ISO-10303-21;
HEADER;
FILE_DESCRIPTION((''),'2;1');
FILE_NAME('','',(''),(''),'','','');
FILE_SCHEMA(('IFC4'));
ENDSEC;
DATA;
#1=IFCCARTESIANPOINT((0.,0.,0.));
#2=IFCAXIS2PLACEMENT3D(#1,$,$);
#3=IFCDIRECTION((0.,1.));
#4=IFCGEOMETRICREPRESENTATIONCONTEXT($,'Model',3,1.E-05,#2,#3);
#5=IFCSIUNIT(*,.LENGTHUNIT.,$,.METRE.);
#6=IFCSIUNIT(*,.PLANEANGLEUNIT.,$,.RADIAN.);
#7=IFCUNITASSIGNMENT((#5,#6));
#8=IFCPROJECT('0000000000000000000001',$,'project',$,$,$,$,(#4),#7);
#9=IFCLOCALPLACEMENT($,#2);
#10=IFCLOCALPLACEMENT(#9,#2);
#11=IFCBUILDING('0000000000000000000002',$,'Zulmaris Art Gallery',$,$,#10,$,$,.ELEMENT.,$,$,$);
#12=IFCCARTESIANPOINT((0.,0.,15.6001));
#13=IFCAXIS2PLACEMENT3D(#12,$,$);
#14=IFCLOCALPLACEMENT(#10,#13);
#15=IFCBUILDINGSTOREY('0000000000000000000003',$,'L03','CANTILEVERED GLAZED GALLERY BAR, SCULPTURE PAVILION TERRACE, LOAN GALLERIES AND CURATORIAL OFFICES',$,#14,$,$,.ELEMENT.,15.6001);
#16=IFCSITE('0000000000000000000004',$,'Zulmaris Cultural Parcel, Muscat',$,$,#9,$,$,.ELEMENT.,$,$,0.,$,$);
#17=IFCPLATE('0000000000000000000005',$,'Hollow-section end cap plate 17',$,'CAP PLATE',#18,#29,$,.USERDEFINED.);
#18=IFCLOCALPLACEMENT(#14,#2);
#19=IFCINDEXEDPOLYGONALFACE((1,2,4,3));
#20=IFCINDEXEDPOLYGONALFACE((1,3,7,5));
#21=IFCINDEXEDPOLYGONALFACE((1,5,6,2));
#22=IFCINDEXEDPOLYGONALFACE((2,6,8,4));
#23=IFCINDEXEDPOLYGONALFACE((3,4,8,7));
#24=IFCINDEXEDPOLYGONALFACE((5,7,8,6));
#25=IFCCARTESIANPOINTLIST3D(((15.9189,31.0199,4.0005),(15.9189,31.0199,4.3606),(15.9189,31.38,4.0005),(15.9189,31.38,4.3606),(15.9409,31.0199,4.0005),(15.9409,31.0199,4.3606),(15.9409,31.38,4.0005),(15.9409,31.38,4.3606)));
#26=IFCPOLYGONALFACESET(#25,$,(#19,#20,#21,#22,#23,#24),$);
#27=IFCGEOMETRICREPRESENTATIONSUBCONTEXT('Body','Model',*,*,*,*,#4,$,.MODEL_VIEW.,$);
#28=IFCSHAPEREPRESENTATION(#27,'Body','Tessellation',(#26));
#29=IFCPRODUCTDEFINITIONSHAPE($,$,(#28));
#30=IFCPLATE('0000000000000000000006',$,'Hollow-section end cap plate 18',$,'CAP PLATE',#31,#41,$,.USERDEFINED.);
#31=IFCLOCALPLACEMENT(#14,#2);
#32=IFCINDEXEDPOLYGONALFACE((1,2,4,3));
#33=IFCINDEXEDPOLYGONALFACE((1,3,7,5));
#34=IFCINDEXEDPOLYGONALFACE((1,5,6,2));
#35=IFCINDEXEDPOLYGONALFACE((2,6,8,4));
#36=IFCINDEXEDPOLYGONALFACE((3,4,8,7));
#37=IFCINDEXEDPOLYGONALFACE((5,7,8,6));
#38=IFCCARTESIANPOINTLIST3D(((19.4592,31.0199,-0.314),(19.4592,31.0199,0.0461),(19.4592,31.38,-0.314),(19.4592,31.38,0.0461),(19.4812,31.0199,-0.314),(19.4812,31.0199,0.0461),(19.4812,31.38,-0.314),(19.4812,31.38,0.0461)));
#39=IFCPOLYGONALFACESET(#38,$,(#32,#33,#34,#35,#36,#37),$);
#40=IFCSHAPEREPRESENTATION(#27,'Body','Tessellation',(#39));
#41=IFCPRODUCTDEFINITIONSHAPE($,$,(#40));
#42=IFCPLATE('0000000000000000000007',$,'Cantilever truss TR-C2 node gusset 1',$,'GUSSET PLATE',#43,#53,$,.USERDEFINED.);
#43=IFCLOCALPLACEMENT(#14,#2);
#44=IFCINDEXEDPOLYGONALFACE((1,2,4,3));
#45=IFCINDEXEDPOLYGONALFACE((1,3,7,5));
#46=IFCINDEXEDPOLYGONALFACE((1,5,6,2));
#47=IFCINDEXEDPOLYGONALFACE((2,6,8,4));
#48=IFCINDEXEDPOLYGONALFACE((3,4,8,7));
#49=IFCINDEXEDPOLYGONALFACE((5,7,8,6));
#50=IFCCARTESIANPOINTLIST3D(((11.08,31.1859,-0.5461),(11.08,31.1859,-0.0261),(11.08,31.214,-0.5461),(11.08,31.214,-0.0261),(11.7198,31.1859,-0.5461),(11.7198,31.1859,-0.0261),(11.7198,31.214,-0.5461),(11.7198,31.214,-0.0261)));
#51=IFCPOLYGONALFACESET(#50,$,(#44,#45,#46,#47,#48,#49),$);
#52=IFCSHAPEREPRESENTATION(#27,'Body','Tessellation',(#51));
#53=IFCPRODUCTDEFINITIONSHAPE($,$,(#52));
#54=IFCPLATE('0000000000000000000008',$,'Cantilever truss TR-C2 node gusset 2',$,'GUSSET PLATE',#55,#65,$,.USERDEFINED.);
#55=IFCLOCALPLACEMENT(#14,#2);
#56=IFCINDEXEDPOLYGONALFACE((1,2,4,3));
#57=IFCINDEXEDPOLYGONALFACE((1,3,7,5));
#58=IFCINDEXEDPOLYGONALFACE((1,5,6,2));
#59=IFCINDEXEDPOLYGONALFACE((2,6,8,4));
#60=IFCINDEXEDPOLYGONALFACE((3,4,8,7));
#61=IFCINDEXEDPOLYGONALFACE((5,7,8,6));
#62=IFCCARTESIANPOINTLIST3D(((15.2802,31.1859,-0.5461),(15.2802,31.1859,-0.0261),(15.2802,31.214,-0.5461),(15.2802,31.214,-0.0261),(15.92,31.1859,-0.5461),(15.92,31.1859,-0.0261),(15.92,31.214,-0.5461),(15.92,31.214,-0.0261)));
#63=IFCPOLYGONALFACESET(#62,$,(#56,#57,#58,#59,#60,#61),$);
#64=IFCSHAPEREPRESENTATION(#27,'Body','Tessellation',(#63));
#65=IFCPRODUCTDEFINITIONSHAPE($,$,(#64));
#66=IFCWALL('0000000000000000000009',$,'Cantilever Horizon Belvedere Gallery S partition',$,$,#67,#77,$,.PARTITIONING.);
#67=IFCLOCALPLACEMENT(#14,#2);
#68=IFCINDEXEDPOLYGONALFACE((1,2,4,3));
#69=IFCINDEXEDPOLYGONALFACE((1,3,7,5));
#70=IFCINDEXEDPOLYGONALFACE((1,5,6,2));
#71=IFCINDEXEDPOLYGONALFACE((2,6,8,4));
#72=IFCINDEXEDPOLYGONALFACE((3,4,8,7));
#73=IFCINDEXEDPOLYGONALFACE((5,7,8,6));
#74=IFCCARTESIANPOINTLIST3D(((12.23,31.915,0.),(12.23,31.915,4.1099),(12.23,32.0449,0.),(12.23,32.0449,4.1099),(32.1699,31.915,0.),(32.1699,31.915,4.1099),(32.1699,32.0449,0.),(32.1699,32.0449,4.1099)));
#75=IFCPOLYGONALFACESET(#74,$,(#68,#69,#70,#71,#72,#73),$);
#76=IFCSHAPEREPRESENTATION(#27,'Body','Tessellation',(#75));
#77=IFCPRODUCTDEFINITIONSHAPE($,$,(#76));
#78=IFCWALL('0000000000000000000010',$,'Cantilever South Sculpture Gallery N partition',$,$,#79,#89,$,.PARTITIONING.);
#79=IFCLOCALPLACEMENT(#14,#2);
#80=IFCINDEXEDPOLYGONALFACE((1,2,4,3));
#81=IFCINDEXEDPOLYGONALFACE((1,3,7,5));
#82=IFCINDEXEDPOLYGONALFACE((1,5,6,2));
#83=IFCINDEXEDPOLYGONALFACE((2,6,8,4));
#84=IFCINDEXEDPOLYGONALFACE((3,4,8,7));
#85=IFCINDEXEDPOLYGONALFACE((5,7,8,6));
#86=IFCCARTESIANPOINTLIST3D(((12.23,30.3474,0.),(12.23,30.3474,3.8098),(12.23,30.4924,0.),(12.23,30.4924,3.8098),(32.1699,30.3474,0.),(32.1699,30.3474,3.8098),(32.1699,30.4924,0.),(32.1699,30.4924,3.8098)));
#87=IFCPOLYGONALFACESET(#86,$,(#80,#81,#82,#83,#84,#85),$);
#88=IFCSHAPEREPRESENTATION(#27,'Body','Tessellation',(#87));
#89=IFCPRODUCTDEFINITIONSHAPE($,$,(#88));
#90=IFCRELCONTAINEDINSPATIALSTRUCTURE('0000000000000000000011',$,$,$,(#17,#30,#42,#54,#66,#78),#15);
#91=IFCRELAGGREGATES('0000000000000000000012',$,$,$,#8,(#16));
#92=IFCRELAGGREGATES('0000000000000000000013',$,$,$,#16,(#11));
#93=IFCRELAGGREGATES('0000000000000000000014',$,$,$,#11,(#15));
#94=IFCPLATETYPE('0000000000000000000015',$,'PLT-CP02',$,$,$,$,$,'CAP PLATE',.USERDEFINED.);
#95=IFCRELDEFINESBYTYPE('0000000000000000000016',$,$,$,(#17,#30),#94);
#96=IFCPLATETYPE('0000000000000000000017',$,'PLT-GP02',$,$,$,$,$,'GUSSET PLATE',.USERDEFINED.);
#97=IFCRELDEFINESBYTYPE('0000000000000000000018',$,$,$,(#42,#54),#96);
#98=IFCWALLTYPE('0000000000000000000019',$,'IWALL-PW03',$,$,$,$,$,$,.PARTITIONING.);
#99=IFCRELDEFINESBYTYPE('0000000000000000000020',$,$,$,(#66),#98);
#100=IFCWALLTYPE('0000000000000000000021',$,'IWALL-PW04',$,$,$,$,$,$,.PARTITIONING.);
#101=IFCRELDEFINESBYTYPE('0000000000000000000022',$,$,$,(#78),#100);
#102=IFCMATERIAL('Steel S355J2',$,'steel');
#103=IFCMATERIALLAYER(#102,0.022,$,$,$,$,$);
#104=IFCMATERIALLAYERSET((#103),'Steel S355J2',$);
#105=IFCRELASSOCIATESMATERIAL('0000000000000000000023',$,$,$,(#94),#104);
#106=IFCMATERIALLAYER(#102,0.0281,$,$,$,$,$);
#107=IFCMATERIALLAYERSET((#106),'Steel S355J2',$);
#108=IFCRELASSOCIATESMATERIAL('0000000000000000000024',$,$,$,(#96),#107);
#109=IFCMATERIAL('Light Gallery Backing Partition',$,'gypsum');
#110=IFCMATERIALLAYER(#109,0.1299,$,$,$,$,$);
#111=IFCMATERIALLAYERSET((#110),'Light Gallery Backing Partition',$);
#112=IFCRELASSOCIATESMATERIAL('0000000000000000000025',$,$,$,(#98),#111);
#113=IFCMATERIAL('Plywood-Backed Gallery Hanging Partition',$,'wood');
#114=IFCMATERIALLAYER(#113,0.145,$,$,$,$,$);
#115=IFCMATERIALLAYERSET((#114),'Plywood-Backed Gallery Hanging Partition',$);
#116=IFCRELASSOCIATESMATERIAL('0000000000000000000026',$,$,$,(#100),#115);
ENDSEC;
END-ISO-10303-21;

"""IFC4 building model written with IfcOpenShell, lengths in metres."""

from ifc_helpers import new_model, si_unit, direction, frame, frame_2d, origin, origin_2d, place, context, subcontext, project, spatial, rectangle, extrude, material, layer, layer_set, type_object, element, save


model = new_model("IFC4")

# Units and contexts
model_context = context("Model", 3, precision=1e-05, world=origin(), true_north=direction((0.0, 1.0)))
body_context = subcontext(model_context, "Body", "Model", "MODEL_VIEW")
ifc_project = project(units=[si_unit("LENGTHUNIT", "METRE"), si_unit("PLANEANGLEUNIT", "RADIAN")], contexts=[model_context])

# Site, building, storey
site_placement = place(None, origin())
site = spatial("IfcSite", under=ifc_project, at=site_placement, Name="Zulmaris Cultural Parcel, Muscat", CompositionType="ELEMENT", RefElevation=0.0)
building_placement = place(site_placement, origin())
building = spatial("IfcBuilding", under=site, at=building_placement, Name="Zulmaris Art Gallery", CompositionType="ELEMENT")
storey_placement = place(building_placement, frame((0.0, 0.0, 15.6001)))
storey = spatial("IfcBuildingStorey", under=building, at=storey_placement, Name="L03", Description="CANTILEVERED GLAZED GALLERY BAR, SCULPTURE PAVILION TERRACE, LOAN GALLERIES AND CURATORIAL OFFICES", CompositionType="ELEMENT", Elevation=15.6001)

# Shared definitions
ifc_material_1 = material(Name="Steel S355J2", Category="steel")

# Plates
ifc_layer_1 = layer(ifc_material_1, 0.022)
ifc_layer_set_1 = layer_set([ifc_layer_1], Name="Steel S355J2")
plate_type_1 = type_object("IfcPlateType", Name="PLT-CP02", ElementType="CAP PLATE", PredefinedType="USERDEFINED", material=ifc_layer_set_1)
for number, where, z_axis, x_axis, name in (
    (1, (15.9299, 31.2, 4.0005), (0.0, 0.0, 1.0), (1.0, 0.0, 0.0), "Hollow-section end cap plate 17"),
    (2, (19.4702, 31.2, -0.314), (0.0, 0.0, 1.0), (1.0, 0.0, 0.0), "Hollow-section end cap plate 18"),
):
    element("IfcPlate", number, at=place(storey_placement, frame(where, z_axis=z_axis, x_axis=x_axis)), inside=storey, type_object=plate_type_1, Name=name, ObjectType="CAP PLATE", PredefinedType="USERDEFINED", context=body_context, shape_type="SweptSolid", body=[
        extrude(rectangle(XDim=0.022, YDim=0.3601, at=origin_2d()), origin(), (0.0, 0.0, 1.0), 0.3601),
    ])
ifc_layer_2 = layer(ifc_material_1, 0.0281)
ifc_layer_set_2 = layer_set([ifc_layer_2], Name="Steel S355J2")
plate_type_2 = type_object("IfcPlateType", Name="PLT-GP02", ElementType="GUSSET PLATE", PredefinedType="USERDEFINED", material=ifc_layer_set_2)
for number, where, z_axis, x_axis, name in (
    (3, (11.3999, 31.2, -0.5461), (0.0, 0.0, 1.0), (1.0, 0.0, 0.0), "Cantilever truss TR-C2 node gusset 1"),
    (4, (15.6001, 31.2, -0.5461), (0.0, 0.0, 1.0), (1.0, 0.0, 0.0), "Cantilever truss TR-C2 node gusset 2"),
):
    element("IfcPlate", number, at=place(storey_placement, frame(where, z_axis=z_axis, x_axis=x_axis)), inside=storey, type_object=plate_type_2, Name=name, ObjectType="GUSSET PLATE", PredefinedType="USERDEFINED", context=body_context, shape_type="SweptSolid", body=[
        extrude(rectangle(XDim=0.6399, YDim=0.0281, at=origin_2d()), origin(), (0.0, 0.0, 1.0), 0.52),
    ])

# Walls
ifc_material_2 = material(Name="Light Gallery Backing Partition", Category="gypsum")
ifc_layer_3 = layer(ifc_material_2, 0.1299)
ifc_layer_set_3 = layer_set([ifc_layer_3], Name="Light Gallery Backing Partition")
wall_type_1 = type_object("IfcWallType", Name="IWALL-PW03", PredefinedType="PARTITIONING", material=ifc_layer_set_3)
wall_1_placement = place(storey_placement, frame((12.23, 31.98, 0.0), z_axis=(0.0, 0.0, 1.0), x_axis=(1.0, 0.0, 0.0)))
element("IfcWall", 5, at=wall_1_placement, inside=storey, type_object=wall_type_1, Name="Cantilever Horizon Belvedere Gallery S partition", PredefinedType="PARTITIONING", context=body_context, shape_type="SweptSolid", body=[
    extrude(rectangle(XDim=19.9399, YDim=0.1299, at=frame_2d((9.97, 0.0))), origin(), (0.0, 0.0, 1.0), 4.1099),
])
ifc_material_3 = material(Name="Plywood-Backed Gallery Hanging Partition", Category="wood")
ifc_layer_4 = layer(ifc_material_3, 0.145)
ifc_layer_set_4 = layer_set([ifc_layer_4], Name="Plywood-Backed Gallery Hanging Partition")
wall_type_2 = type_object("IfcWallType", Name="IWALL-PW04", PredefinedType="PARTITIONING", material=ifc_layer_set_4)
wall_2_placement = place(storey_placement, frame((12.23, 30.4199, 0.0), z_axis=(0.0, 0.0, 1.0), x_axis=(1.0, 0.0, 0.0)))
element("IfcWall", 6, at=wall_2_placement, inside=storey, type_object=wall_type_2, Name="Cantilever South Sculpture Gallery N partition", PredefinedType="PARTITIONING", context=body_context, shape_type="SweptSolid", body=[
    extrude(rectangle(XDim=19.9399, YDim=0.145, at=frame_2d((9.97, 0.0))), origin(), (0.0, 0.0, 1.0), 3.8098),
])

save(model, "model.ifc")
